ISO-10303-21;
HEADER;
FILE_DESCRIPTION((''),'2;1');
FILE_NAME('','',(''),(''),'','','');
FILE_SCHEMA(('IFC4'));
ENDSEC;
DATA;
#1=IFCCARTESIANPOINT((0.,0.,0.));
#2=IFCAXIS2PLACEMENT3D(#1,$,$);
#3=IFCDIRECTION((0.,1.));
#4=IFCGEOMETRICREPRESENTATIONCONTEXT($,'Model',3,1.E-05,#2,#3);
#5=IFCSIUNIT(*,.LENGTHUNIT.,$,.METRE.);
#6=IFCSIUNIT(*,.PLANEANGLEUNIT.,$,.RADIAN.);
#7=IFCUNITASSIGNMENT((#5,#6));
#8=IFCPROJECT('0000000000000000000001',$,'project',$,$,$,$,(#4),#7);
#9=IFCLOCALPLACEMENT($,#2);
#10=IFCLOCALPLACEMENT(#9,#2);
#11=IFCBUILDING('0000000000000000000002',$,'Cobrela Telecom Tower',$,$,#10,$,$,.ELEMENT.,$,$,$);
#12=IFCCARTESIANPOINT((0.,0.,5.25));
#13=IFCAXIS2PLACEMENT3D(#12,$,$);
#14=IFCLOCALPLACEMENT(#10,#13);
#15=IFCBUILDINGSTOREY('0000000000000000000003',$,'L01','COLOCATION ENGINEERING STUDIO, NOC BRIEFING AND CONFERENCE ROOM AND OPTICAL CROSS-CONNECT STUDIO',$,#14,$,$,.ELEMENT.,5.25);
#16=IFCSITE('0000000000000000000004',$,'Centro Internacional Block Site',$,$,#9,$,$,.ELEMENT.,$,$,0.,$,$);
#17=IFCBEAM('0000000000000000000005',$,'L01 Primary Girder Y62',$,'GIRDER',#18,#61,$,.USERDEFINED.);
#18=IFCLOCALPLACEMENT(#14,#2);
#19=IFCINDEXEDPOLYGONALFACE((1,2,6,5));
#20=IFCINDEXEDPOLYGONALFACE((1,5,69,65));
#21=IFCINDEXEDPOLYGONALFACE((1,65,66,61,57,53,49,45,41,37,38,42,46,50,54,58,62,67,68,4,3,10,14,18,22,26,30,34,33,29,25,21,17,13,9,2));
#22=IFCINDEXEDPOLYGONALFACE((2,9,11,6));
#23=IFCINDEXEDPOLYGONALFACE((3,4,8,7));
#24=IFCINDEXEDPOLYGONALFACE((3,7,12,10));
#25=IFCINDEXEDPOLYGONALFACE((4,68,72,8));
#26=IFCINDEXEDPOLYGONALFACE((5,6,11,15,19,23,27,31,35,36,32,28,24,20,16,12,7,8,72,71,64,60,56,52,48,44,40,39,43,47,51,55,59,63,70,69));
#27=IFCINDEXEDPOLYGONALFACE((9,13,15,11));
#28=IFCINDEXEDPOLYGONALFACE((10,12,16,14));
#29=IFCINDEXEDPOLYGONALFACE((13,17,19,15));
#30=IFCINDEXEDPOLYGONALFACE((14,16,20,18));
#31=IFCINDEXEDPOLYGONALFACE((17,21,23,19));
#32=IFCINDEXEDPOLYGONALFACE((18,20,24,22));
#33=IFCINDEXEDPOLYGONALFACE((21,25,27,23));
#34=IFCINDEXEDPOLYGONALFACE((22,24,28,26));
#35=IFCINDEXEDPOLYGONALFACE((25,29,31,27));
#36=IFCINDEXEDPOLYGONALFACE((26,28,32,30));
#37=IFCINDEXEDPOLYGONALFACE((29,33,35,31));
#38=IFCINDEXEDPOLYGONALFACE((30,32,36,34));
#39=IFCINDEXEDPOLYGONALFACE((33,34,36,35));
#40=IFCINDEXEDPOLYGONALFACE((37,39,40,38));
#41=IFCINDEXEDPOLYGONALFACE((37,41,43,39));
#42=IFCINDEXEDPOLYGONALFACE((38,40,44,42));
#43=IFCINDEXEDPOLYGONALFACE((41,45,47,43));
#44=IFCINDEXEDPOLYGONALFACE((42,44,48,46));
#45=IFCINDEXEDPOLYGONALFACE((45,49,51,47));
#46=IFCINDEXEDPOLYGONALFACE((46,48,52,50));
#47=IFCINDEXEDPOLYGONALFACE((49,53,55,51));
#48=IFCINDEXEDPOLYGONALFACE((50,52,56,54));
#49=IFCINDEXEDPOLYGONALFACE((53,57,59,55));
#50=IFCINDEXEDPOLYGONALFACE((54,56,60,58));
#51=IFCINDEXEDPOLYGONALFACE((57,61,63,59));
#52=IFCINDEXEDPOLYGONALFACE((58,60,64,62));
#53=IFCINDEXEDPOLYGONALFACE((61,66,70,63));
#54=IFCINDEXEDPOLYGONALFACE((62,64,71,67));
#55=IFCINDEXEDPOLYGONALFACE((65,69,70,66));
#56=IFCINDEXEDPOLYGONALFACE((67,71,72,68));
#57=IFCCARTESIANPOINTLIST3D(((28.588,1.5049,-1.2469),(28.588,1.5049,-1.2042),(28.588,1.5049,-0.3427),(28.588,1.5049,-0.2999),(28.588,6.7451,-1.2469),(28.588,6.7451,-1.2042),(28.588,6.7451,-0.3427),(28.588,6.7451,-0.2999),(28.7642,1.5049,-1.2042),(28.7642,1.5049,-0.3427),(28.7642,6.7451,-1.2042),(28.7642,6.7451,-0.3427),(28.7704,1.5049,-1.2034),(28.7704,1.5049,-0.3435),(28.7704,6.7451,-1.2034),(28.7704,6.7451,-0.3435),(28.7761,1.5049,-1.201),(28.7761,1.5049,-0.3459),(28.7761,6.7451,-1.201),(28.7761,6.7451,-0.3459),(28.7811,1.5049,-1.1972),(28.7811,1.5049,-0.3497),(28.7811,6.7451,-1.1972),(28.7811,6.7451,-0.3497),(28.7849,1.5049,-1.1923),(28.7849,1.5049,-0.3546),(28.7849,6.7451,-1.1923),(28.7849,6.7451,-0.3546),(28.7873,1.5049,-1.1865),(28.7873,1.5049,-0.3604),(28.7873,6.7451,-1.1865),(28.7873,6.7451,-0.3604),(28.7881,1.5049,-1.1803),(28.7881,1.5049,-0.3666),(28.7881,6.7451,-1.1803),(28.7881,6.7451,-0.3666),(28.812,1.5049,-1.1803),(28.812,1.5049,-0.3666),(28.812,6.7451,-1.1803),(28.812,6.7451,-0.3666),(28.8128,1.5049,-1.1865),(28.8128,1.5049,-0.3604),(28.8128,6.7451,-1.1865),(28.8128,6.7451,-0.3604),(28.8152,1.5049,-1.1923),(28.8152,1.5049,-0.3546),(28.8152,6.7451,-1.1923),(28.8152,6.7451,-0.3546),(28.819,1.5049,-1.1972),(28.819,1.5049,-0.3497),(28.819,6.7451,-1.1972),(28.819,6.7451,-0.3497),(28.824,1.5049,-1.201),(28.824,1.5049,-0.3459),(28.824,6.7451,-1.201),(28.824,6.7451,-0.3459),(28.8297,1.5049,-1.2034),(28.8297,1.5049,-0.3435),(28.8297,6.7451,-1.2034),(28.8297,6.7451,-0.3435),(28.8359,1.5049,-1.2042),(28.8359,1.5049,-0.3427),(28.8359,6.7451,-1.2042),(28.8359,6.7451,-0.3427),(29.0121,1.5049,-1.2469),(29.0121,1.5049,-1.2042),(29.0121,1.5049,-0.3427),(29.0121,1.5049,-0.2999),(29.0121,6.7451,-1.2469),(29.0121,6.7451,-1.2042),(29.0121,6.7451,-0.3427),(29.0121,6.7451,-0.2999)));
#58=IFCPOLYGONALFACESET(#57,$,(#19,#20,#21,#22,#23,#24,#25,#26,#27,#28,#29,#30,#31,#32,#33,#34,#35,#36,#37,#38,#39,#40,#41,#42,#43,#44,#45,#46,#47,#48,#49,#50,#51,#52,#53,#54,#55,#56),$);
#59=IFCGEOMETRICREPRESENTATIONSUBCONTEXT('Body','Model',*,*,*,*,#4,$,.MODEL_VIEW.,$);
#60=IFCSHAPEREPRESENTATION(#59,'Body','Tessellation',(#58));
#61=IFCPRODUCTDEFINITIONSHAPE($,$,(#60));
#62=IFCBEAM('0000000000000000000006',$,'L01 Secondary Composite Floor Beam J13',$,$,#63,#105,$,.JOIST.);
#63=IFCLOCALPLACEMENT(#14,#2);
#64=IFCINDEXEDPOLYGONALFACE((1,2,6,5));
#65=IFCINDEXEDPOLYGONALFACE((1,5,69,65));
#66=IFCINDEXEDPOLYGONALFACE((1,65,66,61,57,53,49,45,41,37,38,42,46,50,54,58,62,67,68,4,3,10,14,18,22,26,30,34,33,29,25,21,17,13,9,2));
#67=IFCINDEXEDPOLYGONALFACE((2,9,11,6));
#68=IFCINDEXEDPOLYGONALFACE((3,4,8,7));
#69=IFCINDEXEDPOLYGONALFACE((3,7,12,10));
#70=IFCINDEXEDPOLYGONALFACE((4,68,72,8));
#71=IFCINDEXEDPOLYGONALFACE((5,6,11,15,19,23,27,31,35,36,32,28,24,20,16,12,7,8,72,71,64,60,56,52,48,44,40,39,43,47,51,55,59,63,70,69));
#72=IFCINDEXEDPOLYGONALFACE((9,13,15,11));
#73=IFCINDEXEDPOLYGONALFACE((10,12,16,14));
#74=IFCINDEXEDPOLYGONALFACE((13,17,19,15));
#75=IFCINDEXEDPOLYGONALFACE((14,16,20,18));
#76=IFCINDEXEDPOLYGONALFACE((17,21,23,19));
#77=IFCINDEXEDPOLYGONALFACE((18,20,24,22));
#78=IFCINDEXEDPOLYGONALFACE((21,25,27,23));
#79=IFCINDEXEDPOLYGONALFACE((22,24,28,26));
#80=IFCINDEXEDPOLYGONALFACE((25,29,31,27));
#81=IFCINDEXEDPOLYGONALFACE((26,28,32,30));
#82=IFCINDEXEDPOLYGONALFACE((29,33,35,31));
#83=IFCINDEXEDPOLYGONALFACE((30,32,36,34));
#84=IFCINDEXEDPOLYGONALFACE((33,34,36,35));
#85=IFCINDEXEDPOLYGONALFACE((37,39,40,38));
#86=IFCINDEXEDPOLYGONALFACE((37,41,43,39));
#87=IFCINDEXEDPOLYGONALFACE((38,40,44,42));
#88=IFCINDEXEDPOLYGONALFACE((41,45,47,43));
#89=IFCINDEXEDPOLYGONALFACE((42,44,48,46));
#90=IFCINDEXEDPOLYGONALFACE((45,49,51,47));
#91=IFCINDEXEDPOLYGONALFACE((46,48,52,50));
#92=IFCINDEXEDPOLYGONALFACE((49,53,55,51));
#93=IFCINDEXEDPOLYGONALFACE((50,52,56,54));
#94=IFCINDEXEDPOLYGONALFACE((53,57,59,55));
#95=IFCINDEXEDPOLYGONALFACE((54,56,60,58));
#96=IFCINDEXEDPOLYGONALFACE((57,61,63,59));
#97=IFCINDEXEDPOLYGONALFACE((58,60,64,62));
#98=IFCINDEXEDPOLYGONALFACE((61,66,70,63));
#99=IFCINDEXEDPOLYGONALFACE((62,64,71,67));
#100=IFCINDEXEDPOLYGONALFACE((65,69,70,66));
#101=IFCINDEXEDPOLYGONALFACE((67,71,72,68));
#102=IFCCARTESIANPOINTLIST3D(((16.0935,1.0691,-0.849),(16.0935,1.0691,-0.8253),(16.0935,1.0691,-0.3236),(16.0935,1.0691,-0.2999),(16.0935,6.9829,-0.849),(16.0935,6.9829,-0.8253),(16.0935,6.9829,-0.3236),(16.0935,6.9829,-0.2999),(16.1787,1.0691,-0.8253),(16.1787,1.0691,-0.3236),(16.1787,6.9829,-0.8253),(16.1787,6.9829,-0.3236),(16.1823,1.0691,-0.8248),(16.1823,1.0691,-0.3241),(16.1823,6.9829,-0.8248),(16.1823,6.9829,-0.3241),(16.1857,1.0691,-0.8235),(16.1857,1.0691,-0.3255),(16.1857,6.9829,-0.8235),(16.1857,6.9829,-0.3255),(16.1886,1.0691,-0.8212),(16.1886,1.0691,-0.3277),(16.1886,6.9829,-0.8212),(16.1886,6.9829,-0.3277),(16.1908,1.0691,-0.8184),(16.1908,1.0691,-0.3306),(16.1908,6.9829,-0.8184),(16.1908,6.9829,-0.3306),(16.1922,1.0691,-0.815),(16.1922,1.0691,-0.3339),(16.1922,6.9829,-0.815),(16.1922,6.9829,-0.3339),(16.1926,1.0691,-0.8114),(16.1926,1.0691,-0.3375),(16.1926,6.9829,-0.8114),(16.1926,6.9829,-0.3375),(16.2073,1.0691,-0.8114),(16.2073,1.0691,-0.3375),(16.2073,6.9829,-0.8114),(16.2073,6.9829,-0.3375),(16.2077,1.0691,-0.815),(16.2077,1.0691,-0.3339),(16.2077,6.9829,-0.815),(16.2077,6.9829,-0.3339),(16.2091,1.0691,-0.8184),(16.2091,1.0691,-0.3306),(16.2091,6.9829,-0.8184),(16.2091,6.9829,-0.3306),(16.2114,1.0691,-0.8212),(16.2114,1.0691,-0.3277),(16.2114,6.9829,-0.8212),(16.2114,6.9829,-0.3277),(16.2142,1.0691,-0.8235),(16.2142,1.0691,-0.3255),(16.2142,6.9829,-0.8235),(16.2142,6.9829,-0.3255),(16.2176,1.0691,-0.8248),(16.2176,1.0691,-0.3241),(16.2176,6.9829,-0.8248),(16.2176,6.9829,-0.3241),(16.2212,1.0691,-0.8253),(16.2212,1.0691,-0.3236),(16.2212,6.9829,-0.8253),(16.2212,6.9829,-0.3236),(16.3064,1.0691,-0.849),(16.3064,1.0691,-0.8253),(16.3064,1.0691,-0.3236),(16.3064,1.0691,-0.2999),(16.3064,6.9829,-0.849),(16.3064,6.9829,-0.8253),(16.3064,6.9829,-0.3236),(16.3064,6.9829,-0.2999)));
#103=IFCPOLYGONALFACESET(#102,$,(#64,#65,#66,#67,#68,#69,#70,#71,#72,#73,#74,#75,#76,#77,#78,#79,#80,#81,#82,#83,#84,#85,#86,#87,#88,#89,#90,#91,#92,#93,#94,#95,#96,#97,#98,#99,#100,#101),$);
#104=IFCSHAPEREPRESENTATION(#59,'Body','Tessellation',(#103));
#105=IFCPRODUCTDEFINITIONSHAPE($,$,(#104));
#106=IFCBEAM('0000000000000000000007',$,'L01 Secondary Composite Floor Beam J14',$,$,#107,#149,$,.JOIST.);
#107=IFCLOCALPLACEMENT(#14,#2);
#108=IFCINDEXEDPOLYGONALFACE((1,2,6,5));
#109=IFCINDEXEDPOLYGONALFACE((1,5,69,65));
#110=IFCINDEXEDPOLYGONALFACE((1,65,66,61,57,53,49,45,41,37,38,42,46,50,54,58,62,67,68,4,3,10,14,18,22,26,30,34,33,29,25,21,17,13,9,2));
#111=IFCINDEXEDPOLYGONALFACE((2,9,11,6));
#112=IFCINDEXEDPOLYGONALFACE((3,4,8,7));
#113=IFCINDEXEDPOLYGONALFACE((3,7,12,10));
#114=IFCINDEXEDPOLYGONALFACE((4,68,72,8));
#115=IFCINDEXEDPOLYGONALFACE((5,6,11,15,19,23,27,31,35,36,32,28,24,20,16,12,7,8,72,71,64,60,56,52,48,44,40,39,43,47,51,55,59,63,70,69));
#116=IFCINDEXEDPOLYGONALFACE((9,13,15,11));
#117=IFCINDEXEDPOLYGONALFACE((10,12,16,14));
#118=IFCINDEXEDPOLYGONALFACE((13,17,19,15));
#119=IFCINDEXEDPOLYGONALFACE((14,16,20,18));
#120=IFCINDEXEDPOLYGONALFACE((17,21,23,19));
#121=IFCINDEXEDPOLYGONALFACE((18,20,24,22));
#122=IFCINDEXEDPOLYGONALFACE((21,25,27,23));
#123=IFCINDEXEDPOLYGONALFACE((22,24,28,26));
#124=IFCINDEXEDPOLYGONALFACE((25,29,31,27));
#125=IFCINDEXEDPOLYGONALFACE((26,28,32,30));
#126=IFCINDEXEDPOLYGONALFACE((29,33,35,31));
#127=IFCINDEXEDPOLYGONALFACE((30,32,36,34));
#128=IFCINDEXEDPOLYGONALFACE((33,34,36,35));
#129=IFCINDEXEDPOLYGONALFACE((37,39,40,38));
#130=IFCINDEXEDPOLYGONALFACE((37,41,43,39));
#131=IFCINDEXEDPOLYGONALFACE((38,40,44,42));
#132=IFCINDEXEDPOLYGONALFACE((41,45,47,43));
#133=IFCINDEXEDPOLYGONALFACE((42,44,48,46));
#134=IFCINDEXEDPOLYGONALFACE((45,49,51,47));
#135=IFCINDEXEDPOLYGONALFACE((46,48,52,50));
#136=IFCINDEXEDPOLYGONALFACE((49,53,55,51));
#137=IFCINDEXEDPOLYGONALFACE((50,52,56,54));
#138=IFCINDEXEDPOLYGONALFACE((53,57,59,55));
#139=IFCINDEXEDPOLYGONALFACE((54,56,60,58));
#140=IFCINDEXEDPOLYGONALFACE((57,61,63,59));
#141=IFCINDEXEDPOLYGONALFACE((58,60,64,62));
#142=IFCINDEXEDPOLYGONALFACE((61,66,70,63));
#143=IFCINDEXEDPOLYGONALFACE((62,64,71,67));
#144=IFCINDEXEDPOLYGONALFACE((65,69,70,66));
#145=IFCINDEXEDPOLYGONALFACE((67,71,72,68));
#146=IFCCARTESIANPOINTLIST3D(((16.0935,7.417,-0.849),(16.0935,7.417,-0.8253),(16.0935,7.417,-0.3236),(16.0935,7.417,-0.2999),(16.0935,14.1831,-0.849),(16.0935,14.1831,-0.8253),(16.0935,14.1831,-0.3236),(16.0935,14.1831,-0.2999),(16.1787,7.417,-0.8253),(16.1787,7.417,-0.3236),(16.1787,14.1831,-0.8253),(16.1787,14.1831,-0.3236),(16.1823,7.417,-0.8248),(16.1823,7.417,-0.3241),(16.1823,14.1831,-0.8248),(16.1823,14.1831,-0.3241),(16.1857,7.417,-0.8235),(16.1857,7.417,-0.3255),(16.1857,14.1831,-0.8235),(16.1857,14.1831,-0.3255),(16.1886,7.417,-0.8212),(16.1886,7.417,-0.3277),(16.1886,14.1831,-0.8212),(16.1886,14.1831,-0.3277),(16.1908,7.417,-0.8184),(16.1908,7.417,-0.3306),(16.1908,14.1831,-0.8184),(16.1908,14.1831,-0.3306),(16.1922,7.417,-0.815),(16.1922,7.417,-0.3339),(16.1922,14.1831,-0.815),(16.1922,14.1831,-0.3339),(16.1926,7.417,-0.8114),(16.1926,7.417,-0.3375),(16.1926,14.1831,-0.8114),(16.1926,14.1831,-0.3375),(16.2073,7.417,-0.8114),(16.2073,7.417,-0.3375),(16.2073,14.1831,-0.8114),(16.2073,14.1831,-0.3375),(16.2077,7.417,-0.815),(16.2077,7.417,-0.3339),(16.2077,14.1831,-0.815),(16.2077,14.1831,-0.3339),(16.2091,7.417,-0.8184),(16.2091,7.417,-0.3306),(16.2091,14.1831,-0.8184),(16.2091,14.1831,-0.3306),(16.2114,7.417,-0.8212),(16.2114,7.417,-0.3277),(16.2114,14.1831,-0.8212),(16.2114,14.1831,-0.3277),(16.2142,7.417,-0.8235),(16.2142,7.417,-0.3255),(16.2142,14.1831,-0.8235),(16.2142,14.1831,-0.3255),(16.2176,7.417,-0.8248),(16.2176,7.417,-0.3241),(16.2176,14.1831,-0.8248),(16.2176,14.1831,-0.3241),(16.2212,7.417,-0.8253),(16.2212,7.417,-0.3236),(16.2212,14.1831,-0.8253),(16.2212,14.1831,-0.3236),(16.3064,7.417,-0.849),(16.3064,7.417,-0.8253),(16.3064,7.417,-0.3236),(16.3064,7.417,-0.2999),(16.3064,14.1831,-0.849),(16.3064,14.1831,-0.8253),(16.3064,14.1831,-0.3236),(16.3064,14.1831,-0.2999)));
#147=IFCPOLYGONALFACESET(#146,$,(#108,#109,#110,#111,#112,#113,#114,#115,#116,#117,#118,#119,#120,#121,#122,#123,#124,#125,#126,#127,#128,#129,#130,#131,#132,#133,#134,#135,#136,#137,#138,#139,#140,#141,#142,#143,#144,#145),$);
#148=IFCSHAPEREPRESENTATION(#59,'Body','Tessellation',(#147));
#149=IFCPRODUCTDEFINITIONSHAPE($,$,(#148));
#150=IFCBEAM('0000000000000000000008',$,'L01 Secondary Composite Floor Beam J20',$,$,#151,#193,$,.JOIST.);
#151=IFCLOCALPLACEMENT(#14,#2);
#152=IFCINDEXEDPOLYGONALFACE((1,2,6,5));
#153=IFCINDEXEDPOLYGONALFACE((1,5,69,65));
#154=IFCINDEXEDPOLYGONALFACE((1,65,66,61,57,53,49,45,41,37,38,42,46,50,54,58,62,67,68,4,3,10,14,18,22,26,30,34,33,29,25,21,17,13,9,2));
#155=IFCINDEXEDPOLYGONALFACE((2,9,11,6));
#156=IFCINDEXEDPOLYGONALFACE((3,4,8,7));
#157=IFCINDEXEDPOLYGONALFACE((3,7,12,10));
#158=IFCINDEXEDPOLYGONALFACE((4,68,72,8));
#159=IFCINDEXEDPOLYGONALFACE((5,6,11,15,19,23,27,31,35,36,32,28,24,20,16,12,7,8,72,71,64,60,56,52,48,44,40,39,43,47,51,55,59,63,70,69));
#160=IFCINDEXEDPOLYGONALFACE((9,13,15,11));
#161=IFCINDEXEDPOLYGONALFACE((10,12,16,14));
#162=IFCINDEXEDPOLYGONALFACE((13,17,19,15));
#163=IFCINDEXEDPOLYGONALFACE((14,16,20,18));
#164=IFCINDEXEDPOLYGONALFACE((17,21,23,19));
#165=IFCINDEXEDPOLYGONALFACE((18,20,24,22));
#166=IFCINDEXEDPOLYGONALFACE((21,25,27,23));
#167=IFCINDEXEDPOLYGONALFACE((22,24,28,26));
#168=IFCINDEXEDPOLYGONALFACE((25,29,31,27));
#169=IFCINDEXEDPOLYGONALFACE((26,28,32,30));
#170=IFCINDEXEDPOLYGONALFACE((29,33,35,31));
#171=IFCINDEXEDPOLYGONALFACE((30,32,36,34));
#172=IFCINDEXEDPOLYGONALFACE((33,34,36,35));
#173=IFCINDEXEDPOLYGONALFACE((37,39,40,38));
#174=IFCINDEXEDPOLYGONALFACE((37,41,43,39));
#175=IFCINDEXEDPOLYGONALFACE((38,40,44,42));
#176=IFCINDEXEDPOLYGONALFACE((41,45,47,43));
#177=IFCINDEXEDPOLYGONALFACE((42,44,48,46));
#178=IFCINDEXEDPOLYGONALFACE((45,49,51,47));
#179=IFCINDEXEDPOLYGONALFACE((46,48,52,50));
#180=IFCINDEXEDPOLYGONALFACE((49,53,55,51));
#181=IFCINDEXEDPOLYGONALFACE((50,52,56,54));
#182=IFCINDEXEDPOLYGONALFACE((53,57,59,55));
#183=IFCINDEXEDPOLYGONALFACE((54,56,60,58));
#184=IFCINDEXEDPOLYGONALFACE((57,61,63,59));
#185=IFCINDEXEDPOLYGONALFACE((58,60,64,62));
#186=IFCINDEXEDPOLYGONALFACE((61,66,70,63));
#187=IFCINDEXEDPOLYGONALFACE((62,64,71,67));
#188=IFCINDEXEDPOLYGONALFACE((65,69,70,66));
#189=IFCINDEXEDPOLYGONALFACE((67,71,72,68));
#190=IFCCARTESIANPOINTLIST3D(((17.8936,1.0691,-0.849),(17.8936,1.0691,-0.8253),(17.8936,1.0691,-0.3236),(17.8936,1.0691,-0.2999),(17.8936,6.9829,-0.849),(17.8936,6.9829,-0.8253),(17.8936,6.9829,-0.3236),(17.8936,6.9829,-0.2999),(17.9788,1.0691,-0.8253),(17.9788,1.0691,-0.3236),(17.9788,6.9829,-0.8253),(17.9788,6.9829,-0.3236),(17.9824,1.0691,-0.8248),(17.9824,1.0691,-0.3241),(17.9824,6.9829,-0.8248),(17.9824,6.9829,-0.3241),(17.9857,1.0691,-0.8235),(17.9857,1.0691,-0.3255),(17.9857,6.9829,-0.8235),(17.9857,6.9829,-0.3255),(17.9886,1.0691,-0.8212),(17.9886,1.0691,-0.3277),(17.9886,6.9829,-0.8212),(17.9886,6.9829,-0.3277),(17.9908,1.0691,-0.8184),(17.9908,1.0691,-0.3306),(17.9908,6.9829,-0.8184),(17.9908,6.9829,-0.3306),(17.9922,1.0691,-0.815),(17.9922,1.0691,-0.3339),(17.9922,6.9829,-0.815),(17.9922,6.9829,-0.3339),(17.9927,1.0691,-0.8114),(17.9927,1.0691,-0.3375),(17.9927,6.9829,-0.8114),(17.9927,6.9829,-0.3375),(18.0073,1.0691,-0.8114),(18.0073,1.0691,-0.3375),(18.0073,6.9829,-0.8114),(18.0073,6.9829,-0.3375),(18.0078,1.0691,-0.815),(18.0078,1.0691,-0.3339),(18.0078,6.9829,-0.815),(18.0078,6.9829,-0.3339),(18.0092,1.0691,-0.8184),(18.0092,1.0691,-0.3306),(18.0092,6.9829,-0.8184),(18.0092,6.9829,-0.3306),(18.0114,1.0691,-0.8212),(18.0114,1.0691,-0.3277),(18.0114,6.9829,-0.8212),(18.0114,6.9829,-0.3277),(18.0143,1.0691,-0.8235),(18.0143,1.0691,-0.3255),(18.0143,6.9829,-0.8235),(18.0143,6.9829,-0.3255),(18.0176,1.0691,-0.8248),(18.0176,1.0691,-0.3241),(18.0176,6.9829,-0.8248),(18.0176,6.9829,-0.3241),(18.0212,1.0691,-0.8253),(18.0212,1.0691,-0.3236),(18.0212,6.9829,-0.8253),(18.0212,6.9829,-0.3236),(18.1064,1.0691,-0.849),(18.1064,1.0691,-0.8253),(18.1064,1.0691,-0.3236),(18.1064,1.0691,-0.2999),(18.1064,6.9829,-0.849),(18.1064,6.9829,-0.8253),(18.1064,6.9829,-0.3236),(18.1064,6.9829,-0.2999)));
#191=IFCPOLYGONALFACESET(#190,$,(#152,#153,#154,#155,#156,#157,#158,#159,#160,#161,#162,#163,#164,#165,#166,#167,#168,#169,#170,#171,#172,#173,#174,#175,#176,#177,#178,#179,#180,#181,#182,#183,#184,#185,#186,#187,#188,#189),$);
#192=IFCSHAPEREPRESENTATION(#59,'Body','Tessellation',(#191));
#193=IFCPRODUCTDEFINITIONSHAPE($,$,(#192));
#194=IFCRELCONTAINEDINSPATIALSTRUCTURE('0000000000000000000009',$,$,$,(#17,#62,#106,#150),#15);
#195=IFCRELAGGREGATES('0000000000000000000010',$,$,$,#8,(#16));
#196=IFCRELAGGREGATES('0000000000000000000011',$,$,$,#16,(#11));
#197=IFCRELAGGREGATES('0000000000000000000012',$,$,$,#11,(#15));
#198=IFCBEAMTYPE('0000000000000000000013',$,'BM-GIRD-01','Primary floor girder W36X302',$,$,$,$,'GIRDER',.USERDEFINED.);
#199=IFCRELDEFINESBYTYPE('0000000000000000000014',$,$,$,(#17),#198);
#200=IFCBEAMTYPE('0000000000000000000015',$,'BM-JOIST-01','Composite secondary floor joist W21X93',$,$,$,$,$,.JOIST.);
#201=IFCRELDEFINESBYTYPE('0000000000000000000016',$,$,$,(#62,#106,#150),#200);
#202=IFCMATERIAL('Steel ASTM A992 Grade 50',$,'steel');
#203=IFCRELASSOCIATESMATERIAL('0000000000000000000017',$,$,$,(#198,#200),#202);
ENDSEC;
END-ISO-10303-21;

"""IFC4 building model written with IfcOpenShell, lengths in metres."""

from ifc_helpers import new_model, si_unit, direction, frame, origin, origin_2d, place, context, subcontext, project, spatial, i_section, extrude, material, material_profile, profile_set, type_object, element, save


model = new_model("IFC4")

# Units and contexts
model_context = context("Model", 3, precision=1e-05, world=origin(), true_north=direction((0.0, 1.0)))
body_context = subcontext(model_context, "Body", "Model", "MODEL_VIEW")
ifc_project = project(units=[si_unit("LENGTHUNIT", "METRE"), si_unit("PLANEANGLEUNIT", "RADIAN")], contexts=[model_context])

# Site, building, storey
site_placement = place(None, origin())
site = spatial("IfcSite", under=ifc_project, at=site_placement, Name="Centro Internacional Block Site", CompositionType="ELEMENT", RefElevation=0.0)
building_placement = place(site_placement, origin())
building = spatial("IfcBuilding", under=site, at=building_placement, Name="Cobrela Telecom Tower", CompositionType="ELEMENT")
storey_placement = place(building_placement, frame((0.0, 0.0, 5.25)))
storey = spatial("IfcBuildingStorey", under=building, at=storey_placement, Name="L01", Description="COLOCATION ENGINEERING STUDIO, NOC BRIEFING AND CONFERENCE ROOM AND OPTICAL CROSS-CONNECT STUDIO", CompositionType="ELEMENT", Elevation=5.25)

# Beams
ifc_material_1 = material(Name="Steel ASTM A992 Grade 50", Category="steel")
ifc_material_profile_1 = material_profile(ifc_material_1, i_section(OverallWidth=0.4241, OverallDepth=0.947, WebThickness=0.0239, FlangeThickness=0.0427, FilletRadius=0.0239, at=origin_2d()), Name="W36X302")
ifc_profile_set_1 = profile_set([ifc_material_profile_1], Name="Steel ASTM A992 Grade 50")
beam_type_1 = type_object("IfcBeamType", Name="BM-GIRD-01", Description="Primary floor girder W36X302", ElementType="GIRDER", PredefinedType="USERDEFINED", material=ifc_profile_set_1)
beam_1_placement = place(storey_placement, frame((28.8, 1.5049, -0.7734), z_axis=(0.0, 1.0, 0.0), x_axis=(-1.0, 0.0, 0.0)))
element("IfcBeam", 1, at=beam_1_placement, inside=storey, type_object=beam_type_1, Name="L01 Primary Girder Y62", ObjectType="GIRDER", PredefinedType="USERDEFINED", context=body_context, shape_type="SweptSolid", body=[
    extrude(i_section(OverallWidth=0.4241, OverallDepth=0.947, WebThickness=0.0239, FlangeThickness=0.0427, FilletRadius=0.0239, at=origin_2d()), origin(), (0.0, 0.0, 1.0), 5.2402),
])
ifc_material_profile_2 = material_profile(ifc_material_1, i_section(OverallWidth=0.2129, OverallDepth=0.5491, WebThickness=0.0146, FlangeThickness=0.0237, FilletRadius=0.0139, at=origin_2d()), Name="W21X93")
ifc_profile_set_2 = profile_set([ifc_material_profile_2], Name="Steel ASTM A992 Grade 50")
beam_type_2 = type_object("IfcBeamType", Name="BM-JOIST-01", Description="Composite secondary floor joist W21X93", PredefinedType="JOIST", material=ifc_profile_set_2)
beam_2_placement = place(storey_placement, frame((16.2, 1.0691, -0.5745), z_axis=(0.0, 1.0, 0.0), x_axis=(-1.0, 0.0, 0.0)))
element("IfcBeam", 2, at=beam_2_placement, inside=storey, type_object=beam_type_2, Name="L01 Secondary Composite Floor Beam J13", PredefinedType="JOIST", context=body_context, shape_type="SweptSolid", body=[
    extrude(i_section(OverallWidth=0.2129, OverallDepth=0.5491, WebThickness=0.0146, FlangeThickness=0.0237, FilletRadius=0.0139, at=origin_2d()), origin(), (0.0, 0.0, 1.0), 5.9138),
])
beam_3_placement = place(storey_placement, frame((16.2, 7.417, -0.5745), z_axis=(0.0, 1.0, 0.0), x_axis=(-1.0, 0.0, 0.0)))
element("IfcBeam", 3, at=beam_3_placement, inside=storey, type_object=beam_type_2, Name="L01 Secondary Composite Floor Beam J14", PredefinedType="JOIST", context=body_context, shape_type="SweptSolid", body=[
    extrude(i_section(OverallWidth=0.2129, OverallDepth=0.5491, WebThickness=0.0146, FlangeThickness=0.0237, FilletRadius=0.0139, at=origin_2d()), origin(), (0.0, 0.0, 1.0), 6.7661),
])
beam_4_placement = place(storey_placement, frame((18.0, 1.0691, -0.5745), z_axis=(0.0, 1.0, 0.0), x_axis=(-1.0, 0.0, 0.0)))
element("IfcBeam", 4, at=beam_4_placement, inside=storey, type_object=beam_type_2, Name="L01 Secondary Composite Floor Beam J20", PredefinedType="JOIST", context=body_context, shape_type="SweptSolid", body=[
    extrude(i_section(OverallWidth=0.2129, OverallDepth=0.5491, WebThickness=0.0146, FlangeThickness=0.0237, FilletRadius=0.0139, at=origin_2d()), origin(), (0.0, 0.0, 1.0), 5.9138),
])

save(model, "model.ifc")
